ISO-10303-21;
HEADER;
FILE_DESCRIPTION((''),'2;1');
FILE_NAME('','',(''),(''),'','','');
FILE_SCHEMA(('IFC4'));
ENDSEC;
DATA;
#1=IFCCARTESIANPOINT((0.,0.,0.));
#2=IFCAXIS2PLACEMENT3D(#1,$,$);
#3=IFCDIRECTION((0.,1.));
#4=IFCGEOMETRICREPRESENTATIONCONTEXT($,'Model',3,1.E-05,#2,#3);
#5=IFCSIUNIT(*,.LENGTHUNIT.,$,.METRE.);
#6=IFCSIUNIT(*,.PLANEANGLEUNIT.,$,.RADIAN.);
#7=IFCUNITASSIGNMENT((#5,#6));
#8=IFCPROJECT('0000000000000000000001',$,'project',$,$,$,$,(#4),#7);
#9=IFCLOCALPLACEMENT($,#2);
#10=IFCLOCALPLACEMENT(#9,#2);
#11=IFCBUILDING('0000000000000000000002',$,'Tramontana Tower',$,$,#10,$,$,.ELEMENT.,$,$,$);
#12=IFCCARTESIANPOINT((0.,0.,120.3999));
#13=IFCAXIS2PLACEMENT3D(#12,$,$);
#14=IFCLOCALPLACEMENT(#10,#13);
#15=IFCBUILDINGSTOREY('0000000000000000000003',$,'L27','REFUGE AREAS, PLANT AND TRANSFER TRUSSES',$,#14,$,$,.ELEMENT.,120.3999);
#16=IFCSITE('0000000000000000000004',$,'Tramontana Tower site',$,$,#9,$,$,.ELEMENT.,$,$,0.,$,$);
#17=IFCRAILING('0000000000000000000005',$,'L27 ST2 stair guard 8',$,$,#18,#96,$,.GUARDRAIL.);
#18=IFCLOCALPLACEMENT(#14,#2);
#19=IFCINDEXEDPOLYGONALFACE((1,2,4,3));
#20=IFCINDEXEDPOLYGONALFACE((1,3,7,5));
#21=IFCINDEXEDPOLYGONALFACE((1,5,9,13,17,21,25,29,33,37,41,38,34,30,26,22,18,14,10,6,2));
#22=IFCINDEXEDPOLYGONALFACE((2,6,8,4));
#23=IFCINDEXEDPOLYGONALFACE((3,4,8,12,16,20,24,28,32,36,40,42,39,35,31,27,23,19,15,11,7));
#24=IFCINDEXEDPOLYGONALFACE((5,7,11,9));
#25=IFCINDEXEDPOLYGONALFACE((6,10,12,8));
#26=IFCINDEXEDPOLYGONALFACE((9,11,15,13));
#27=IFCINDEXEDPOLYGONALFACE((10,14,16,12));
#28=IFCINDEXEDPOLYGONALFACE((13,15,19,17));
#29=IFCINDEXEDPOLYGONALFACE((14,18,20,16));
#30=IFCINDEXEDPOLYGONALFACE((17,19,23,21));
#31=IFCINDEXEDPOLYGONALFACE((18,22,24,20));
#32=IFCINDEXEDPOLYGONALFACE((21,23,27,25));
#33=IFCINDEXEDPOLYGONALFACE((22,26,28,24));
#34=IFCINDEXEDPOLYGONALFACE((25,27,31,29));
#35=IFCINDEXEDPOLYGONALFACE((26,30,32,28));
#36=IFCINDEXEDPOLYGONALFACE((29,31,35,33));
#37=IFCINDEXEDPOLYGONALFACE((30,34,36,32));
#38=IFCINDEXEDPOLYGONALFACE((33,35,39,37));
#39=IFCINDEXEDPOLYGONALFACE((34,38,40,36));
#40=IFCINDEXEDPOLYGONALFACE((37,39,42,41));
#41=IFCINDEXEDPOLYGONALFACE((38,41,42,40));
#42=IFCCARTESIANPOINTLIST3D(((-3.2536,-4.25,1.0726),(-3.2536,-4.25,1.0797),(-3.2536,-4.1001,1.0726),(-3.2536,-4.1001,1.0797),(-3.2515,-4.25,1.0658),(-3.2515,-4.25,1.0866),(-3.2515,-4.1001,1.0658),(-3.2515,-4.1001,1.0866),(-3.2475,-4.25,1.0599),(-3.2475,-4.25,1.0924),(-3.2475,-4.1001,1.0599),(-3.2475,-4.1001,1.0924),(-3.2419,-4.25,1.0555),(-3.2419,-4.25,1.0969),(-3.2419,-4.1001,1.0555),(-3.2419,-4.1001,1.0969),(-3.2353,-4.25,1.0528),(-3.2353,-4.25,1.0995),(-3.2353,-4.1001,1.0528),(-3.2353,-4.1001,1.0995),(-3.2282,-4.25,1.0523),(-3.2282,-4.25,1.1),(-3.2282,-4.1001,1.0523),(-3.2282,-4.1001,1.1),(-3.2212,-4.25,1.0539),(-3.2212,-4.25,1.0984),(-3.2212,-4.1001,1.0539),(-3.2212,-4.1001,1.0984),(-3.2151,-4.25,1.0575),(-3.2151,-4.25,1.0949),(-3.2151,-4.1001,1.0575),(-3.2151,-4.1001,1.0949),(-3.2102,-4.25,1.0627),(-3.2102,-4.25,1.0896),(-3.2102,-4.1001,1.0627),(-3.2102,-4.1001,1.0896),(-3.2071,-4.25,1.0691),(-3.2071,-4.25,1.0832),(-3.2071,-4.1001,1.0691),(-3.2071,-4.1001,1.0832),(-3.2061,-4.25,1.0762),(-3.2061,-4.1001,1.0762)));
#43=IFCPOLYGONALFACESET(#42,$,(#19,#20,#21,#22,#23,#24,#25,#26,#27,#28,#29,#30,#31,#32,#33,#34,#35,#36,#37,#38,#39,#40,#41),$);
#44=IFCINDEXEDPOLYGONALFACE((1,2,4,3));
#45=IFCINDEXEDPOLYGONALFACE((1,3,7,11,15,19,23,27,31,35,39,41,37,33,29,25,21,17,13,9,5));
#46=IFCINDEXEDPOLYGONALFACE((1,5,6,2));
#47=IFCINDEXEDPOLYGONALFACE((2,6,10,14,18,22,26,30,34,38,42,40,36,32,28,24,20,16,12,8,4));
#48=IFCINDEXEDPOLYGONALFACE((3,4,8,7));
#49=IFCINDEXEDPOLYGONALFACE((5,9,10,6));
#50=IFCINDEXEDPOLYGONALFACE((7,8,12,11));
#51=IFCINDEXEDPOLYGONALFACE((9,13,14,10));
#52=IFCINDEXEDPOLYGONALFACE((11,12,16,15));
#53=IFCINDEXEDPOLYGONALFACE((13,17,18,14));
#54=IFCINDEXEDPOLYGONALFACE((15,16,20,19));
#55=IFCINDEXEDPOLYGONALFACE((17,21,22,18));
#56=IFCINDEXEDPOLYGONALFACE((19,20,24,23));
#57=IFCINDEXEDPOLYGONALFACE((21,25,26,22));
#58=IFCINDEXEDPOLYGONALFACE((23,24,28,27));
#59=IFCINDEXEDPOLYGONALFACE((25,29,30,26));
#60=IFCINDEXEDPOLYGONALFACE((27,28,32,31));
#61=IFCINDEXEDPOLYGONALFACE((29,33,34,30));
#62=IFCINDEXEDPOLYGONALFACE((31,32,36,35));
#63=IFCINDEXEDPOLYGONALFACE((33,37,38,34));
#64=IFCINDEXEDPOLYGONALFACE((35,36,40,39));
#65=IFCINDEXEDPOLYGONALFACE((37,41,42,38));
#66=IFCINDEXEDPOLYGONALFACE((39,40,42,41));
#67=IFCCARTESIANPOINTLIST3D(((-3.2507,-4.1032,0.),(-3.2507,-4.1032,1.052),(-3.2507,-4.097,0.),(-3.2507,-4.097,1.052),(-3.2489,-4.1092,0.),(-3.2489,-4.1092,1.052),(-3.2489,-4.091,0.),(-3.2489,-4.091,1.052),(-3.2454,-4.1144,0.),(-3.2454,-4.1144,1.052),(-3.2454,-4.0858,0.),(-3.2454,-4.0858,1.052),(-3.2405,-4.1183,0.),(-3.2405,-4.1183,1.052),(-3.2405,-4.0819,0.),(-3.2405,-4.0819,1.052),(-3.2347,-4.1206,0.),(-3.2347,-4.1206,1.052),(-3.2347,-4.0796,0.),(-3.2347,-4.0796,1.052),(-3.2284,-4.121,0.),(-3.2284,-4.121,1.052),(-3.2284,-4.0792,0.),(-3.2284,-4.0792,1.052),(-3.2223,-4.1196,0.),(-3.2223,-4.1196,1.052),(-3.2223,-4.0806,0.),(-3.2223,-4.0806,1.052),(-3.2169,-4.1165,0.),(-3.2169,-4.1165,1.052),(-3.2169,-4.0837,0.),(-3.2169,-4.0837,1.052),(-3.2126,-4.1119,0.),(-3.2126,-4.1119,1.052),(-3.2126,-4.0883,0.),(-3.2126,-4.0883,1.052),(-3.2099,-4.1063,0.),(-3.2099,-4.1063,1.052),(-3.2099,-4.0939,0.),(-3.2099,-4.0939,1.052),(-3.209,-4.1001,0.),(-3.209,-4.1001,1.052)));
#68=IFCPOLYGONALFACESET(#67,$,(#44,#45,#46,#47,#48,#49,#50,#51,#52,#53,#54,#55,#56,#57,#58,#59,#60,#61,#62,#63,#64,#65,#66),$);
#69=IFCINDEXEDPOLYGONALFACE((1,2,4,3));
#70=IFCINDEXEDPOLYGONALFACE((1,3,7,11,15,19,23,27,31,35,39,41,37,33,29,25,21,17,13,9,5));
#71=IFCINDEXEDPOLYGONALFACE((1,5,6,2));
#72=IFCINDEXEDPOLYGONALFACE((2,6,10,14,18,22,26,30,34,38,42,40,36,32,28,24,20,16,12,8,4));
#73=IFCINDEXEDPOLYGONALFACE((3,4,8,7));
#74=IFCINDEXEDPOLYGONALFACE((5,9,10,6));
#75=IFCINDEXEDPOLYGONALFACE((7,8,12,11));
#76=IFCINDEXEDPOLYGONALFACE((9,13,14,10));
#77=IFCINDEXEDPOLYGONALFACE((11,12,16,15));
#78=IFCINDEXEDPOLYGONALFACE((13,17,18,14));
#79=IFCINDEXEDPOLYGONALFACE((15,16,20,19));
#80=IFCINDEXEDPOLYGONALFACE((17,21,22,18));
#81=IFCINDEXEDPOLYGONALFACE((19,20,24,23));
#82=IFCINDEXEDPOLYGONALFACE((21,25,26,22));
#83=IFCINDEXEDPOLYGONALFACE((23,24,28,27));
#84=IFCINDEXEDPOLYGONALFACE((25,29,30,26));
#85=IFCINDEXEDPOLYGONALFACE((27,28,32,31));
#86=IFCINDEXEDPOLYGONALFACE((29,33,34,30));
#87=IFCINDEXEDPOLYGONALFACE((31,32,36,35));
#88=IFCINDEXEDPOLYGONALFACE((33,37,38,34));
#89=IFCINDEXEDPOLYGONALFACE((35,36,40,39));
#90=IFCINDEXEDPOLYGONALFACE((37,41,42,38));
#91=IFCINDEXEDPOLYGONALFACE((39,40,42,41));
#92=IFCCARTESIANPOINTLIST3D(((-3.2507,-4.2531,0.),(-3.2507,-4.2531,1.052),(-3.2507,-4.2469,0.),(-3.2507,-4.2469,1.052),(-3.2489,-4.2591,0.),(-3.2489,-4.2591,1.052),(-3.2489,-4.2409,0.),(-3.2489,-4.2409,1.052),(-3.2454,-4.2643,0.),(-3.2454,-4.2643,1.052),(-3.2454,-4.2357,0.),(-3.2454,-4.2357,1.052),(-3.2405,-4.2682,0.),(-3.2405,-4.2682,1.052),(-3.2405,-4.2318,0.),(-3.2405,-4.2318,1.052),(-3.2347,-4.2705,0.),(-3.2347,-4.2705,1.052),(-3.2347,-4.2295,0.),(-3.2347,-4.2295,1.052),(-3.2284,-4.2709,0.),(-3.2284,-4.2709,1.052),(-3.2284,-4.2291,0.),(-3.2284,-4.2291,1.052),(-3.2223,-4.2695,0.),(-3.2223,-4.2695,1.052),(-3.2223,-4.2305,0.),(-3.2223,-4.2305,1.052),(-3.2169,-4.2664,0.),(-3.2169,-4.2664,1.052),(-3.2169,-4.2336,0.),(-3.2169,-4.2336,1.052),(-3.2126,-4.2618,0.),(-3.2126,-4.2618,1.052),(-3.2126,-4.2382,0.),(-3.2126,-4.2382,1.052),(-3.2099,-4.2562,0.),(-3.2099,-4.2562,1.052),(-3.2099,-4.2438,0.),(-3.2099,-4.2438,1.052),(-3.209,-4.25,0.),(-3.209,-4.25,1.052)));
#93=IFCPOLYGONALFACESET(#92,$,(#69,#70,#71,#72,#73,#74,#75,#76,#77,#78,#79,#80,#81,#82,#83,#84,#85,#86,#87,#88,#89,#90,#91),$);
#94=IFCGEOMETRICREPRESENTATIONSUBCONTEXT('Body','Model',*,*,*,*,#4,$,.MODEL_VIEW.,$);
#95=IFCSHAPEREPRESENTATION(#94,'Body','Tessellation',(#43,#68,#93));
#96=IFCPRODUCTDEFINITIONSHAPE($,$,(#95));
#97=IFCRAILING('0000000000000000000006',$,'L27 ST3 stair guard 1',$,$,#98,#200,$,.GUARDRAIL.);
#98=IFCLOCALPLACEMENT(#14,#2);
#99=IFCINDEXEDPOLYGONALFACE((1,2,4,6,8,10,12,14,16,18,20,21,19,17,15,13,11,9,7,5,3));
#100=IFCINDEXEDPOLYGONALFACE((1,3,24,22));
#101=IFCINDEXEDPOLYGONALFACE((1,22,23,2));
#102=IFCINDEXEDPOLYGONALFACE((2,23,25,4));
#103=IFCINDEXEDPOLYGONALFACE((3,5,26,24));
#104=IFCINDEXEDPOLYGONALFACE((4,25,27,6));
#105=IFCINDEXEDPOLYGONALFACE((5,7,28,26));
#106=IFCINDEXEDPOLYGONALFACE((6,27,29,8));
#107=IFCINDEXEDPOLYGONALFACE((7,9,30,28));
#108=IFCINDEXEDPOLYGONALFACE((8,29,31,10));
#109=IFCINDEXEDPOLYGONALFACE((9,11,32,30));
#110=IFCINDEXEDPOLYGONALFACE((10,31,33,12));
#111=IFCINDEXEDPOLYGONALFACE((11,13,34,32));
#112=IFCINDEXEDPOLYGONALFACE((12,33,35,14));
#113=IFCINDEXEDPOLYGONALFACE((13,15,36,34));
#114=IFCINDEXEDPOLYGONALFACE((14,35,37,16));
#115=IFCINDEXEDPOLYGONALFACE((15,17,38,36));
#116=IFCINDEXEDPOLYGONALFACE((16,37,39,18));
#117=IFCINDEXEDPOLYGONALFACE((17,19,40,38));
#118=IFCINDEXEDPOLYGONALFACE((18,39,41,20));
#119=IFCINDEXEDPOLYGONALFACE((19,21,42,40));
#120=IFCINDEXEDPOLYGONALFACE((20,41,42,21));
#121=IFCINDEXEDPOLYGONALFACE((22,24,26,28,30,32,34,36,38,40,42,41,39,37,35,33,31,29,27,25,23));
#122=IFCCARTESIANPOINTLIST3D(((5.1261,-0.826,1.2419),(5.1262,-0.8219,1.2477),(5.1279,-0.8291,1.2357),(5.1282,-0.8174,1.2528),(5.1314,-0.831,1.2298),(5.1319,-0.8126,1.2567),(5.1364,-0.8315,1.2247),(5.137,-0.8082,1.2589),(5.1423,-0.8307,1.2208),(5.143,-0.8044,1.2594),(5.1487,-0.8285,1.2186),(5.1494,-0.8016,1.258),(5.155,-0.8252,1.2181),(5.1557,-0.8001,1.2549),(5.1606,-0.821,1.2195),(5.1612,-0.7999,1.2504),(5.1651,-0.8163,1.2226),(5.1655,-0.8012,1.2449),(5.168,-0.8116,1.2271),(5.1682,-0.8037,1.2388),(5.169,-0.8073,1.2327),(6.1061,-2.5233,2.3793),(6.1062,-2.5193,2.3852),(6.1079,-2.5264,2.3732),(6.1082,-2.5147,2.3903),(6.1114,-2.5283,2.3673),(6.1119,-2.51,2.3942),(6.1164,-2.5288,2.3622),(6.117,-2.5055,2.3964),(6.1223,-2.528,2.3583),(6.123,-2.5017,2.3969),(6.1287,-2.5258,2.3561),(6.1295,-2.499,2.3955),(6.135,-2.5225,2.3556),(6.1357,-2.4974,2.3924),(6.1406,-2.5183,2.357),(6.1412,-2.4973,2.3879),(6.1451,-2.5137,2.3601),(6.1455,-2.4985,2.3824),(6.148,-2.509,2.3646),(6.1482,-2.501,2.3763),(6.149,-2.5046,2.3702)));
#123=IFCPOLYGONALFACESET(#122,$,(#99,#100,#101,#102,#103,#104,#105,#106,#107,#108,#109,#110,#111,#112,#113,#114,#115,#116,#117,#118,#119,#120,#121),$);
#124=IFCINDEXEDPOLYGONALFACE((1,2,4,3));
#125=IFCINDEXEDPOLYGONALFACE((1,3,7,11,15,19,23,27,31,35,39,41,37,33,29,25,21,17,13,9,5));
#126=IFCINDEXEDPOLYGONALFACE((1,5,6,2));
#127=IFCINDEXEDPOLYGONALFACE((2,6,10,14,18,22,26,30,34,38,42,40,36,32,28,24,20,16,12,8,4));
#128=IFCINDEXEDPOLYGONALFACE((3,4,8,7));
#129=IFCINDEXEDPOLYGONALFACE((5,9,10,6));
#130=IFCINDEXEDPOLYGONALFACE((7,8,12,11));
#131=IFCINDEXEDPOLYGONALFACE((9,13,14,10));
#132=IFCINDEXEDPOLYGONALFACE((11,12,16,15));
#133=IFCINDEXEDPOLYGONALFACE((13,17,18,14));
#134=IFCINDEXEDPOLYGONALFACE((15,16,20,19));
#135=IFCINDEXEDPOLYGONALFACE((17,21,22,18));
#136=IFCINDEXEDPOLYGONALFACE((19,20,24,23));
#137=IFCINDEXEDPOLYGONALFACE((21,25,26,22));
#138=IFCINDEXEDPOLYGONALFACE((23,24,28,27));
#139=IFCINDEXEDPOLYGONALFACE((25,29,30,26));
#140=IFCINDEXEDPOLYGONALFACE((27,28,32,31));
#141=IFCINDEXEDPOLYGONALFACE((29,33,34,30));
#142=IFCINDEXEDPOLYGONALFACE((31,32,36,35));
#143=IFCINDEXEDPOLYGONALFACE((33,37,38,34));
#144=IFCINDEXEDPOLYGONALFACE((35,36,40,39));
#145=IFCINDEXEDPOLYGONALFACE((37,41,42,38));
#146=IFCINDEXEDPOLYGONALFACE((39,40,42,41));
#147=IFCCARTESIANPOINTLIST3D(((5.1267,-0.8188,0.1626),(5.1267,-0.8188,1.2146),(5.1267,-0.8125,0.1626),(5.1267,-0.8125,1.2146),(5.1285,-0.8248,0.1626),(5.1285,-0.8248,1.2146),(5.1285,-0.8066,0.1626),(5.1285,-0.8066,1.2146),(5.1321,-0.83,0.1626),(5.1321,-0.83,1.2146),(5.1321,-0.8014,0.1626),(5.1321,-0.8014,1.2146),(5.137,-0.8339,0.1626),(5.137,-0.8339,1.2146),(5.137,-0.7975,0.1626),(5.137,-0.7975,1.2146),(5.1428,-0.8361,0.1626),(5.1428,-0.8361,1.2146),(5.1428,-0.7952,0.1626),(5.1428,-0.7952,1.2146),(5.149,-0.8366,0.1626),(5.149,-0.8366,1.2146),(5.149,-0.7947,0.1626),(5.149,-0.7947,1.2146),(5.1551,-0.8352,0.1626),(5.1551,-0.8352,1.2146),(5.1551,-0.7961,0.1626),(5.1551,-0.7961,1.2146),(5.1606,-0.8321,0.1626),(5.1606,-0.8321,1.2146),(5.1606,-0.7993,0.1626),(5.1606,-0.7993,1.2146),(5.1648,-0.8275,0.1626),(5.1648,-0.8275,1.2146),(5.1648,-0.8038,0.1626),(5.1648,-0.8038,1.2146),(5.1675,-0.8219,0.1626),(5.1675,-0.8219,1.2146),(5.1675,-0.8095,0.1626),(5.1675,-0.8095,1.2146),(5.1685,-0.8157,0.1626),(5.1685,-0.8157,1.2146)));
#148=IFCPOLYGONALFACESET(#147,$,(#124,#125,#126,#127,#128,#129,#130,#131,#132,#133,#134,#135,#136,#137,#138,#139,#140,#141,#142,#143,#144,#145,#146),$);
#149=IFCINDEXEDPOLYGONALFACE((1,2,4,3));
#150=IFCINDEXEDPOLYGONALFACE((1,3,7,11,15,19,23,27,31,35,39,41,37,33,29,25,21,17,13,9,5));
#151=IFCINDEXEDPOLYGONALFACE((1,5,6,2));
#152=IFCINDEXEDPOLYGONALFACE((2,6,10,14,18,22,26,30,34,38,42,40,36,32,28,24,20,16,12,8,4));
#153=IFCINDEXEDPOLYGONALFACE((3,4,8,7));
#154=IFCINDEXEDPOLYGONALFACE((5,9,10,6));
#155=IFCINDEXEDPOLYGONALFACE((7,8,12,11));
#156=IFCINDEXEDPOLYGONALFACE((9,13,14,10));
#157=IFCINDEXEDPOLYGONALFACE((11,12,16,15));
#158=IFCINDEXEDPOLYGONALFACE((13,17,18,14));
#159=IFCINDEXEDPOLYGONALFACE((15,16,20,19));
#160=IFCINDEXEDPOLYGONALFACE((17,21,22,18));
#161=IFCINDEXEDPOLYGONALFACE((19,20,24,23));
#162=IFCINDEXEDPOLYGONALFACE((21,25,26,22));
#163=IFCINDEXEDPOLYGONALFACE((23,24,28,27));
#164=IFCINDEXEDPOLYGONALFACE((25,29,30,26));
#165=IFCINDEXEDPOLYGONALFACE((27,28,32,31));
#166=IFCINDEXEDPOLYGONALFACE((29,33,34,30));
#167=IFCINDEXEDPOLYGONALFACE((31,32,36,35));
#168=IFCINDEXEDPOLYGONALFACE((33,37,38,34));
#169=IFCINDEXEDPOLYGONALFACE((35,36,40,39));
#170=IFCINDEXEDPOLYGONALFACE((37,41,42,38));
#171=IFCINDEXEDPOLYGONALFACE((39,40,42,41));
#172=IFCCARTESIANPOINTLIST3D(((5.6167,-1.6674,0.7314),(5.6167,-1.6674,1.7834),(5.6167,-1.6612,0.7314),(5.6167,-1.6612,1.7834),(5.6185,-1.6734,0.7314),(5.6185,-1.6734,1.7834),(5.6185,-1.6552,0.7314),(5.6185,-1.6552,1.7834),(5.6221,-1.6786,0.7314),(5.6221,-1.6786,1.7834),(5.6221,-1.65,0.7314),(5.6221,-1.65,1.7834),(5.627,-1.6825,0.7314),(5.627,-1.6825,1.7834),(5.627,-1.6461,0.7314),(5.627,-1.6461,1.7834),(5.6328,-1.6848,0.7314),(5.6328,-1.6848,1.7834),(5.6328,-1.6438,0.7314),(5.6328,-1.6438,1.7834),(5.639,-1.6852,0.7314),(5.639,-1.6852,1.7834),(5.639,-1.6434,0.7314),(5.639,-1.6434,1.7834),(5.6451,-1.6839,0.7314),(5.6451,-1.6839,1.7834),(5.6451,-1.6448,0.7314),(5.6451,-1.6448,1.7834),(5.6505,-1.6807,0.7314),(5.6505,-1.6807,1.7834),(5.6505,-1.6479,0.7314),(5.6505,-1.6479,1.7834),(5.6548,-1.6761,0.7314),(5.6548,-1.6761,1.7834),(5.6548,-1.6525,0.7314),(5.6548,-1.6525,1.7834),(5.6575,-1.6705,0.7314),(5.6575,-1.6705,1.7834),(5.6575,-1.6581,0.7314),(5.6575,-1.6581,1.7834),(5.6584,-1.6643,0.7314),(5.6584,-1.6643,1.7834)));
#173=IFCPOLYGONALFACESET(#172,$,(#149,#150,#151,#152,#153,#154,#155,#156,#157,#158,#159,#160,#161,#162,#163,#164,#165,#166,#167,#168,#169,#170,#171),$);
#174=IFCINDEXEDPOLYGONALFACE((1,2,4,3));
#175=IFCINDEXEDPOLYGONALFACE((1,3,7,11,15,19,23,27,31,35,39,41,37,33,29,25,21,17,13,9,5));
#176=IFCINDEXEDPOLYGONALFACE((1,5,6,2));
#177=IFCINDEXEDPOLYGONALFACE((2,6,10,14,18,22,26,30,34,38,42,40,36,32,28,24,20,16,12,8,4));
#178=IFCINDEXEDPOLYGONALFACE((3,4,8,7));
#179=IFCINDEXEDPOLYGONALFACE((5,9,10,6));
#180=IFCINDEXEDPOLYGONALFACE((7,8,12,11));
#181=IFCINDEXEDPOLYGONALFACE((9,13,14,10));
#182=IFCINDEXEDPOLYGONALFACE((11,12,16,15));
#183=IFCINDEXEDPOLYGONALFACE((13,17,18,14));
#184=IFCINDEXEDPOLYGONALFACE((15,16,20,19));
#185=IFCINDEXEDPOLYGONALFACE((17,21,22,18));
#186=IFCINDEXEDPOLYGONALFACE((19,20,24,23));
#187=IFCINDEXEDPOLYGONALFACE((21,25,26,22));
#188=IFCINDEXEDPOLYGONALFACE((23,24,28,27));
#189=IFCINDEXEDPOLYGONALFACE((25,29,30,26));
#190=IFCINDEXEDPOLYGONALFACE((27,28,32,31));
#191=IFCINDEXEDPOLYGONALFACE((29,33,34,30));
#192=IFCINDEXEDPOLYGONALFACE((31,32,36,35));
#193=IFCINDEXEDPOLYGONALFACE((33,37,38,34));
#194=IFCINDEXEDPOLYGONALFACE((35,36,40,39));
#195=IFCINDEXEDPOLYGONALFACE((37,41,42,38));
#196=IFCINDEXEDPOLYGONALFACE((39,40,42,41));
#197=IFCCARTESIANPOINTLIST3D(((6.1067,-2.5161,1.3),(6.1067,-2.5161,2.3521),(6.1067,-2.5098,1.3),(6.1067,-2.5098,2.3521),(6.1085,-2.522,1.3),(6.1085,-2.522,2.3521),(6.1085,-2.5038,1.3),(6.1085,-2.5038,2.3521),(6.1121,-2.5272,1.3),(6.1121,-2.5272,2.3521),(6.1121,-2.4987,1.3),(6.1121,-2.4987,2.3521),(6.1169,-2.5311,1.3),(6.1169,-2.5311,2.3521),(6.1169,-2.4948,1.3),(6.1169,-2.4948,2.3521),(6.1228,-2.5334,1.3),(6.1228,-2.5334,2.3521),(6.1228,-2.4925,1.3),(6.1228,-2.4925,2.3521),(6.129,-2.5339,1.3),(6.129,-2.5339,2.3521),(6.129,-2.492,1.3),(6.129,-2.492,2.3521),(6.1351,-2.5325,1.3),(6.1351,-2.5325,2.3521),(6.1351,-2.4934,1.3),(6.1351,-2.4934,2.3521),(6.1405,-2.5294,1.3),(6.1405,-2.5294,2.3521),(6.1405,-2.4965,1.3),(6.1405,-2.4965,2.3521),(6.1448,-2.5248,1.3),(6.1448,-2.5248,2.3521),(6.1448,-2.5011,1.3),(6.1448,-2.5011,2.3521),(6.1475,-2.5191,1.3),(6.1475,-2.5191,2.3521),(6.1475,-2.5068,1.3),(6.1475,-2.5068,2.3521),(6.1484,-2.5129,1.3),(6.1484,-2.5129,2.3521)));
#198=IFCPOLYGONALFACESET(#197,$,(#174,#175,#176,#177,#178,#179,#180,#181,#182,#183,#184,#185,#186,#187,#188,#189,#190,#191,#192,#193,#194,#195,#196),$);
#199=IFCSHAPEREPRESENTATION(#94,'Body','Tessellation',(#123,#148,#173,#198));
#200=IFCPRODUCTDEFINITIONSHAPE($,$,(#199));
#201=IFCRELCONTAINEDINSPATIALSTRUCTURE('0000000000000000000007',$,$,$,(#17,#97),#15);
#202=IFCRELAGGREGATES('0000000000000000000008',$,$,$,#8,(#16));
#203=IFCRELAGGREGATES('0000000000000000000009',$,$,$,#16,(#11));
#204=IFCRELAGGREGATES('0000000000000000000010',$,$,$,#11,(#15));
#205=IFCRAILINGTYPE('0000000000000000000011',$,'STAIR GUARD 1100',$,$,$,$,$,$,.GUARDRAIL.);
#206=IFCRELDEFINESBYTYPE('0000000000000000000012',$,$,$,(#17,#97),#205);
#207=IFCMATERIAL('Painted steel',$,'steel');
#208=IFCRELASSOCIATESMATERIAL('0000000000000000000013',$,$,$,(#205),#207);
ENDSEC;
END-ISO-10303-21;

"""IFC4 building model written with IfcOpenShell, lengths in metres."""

from ifc_helpers import new_model, si_unit, direction, frame, origin, origin_2d, place, context, subcontext, project, spatial, circle, extrude, material, type_object, element, save


model = new_model("IFC4")

# Units and contexts
model_context = context("Model", 3, precision=1e-05, world=origin(), true_north=direction((0.0, 1.0)))
body_context = subcontext(model_context, "Body", "Model", "MODEL_VIEW")
ifc_project = project(units=[si_unit("LENGTHUNIT", "METRE"), si_unit("PLANEANGLEUNIT", "RADIAN")], contexts=[model_context])

# Site, building, storey
site_placement = place(None, origin())
site = spatial("IfcSite", under=ifc_project, at=site_placement, Name="Tramontana Tower site", CompositionType="ELEMENT", RefElevation=0.0)
building_placement = place(site_placement, origin())
building = spatial("IfcBuilding", under=site, at=building_placement, Name="Tramontana Tower", CompositionType="ELEMENT")
storey_placement = place(building_placement, frame((0.0, 0.0, 120.3999)))
storey = spatial("IfcBuildingStorey", under=building, at=storey_placement, Name="L27", Description="REFUGE AREAS, PLANT AND TRANSFER TRUSSES", CompositionType="ELEMENT", Elevation=120.3999)

# Railings
ifc_material_1 = material(Name="Painted steel", Category="steel")
railing_type_1 = type_object("IfcRailingType", Name="STAIR GUARD 1100", PredefinedType="GUARDRAIL", material=ifc_material_1)
railing_1_placement = place(storey_placement, frame((-3.23, -4.1001, 0.0)))
element("IfcRailing", 1, at=railing_1_placement, inside=storey, type_object=railing_type_1, Name="L27 ST2 stair guard 8", PredefinedType="GUARDRAIL", context=body_context, shape_type="SweptSolid", body=[
    extrude(circle(Radius=0.0239, at=origin_2d()), frame((0.0, 0.0, 1.0762), z_axis=(0.0, -1.0, 0.0), x_axis=(1.0, 0.0, 0.0)), (0.0, 0.0, 1.0), 0.1499),
    extrude(circle(Radius=0.021, at=origin_2d()), origin(), (0.0, 0.0, 1.0), 1.052),
    extrude(circle(Radius=0.021, at=origin_2d()), frame((0.0, -0.1499, 0.0)), (0.0, 0.0, 1.0), 1.052),
])
railing_2_placement = place(storey_placement, frame((5.1475, -0.8157, 0.1626)))
element("IfcRailing", 2, at=railing_2_placement, inside=storey, type_object=railing_type_1, Name="L27 ST3 stair guard 1", PredefinedType="GUARDRAIL", context=body_context, shape_type="SweptSolid", body=[
    extrude(circle(Radius=0.0239, at=origin_2d()), frame((0.0, 0.0, 1.0762), z_axis=(0.432467, -0.749006, 0.501959), x_axis=(0.866011, 0.500024, 0.0)), (0.0, 0.0, 1.0), 2.2661),
    extrude(circle(Radius=0.021, at=origin_2d()), origin(), (0.0, 0.0, 1.0), 1.052),
    extrude(circle(Radius=0.021, at=origin_2d()), frame((0.49, -0.8486, 0.5688)), (0.0, 0.0, 1.0), 1.052),
    extrude(circle(Radius=0.021, at=origin_2d()), frame((0.98, -1.6973, 1.1375)), (0.0, 0.0, 1.0), 1.052),
])

save(model, "model.ifc")
